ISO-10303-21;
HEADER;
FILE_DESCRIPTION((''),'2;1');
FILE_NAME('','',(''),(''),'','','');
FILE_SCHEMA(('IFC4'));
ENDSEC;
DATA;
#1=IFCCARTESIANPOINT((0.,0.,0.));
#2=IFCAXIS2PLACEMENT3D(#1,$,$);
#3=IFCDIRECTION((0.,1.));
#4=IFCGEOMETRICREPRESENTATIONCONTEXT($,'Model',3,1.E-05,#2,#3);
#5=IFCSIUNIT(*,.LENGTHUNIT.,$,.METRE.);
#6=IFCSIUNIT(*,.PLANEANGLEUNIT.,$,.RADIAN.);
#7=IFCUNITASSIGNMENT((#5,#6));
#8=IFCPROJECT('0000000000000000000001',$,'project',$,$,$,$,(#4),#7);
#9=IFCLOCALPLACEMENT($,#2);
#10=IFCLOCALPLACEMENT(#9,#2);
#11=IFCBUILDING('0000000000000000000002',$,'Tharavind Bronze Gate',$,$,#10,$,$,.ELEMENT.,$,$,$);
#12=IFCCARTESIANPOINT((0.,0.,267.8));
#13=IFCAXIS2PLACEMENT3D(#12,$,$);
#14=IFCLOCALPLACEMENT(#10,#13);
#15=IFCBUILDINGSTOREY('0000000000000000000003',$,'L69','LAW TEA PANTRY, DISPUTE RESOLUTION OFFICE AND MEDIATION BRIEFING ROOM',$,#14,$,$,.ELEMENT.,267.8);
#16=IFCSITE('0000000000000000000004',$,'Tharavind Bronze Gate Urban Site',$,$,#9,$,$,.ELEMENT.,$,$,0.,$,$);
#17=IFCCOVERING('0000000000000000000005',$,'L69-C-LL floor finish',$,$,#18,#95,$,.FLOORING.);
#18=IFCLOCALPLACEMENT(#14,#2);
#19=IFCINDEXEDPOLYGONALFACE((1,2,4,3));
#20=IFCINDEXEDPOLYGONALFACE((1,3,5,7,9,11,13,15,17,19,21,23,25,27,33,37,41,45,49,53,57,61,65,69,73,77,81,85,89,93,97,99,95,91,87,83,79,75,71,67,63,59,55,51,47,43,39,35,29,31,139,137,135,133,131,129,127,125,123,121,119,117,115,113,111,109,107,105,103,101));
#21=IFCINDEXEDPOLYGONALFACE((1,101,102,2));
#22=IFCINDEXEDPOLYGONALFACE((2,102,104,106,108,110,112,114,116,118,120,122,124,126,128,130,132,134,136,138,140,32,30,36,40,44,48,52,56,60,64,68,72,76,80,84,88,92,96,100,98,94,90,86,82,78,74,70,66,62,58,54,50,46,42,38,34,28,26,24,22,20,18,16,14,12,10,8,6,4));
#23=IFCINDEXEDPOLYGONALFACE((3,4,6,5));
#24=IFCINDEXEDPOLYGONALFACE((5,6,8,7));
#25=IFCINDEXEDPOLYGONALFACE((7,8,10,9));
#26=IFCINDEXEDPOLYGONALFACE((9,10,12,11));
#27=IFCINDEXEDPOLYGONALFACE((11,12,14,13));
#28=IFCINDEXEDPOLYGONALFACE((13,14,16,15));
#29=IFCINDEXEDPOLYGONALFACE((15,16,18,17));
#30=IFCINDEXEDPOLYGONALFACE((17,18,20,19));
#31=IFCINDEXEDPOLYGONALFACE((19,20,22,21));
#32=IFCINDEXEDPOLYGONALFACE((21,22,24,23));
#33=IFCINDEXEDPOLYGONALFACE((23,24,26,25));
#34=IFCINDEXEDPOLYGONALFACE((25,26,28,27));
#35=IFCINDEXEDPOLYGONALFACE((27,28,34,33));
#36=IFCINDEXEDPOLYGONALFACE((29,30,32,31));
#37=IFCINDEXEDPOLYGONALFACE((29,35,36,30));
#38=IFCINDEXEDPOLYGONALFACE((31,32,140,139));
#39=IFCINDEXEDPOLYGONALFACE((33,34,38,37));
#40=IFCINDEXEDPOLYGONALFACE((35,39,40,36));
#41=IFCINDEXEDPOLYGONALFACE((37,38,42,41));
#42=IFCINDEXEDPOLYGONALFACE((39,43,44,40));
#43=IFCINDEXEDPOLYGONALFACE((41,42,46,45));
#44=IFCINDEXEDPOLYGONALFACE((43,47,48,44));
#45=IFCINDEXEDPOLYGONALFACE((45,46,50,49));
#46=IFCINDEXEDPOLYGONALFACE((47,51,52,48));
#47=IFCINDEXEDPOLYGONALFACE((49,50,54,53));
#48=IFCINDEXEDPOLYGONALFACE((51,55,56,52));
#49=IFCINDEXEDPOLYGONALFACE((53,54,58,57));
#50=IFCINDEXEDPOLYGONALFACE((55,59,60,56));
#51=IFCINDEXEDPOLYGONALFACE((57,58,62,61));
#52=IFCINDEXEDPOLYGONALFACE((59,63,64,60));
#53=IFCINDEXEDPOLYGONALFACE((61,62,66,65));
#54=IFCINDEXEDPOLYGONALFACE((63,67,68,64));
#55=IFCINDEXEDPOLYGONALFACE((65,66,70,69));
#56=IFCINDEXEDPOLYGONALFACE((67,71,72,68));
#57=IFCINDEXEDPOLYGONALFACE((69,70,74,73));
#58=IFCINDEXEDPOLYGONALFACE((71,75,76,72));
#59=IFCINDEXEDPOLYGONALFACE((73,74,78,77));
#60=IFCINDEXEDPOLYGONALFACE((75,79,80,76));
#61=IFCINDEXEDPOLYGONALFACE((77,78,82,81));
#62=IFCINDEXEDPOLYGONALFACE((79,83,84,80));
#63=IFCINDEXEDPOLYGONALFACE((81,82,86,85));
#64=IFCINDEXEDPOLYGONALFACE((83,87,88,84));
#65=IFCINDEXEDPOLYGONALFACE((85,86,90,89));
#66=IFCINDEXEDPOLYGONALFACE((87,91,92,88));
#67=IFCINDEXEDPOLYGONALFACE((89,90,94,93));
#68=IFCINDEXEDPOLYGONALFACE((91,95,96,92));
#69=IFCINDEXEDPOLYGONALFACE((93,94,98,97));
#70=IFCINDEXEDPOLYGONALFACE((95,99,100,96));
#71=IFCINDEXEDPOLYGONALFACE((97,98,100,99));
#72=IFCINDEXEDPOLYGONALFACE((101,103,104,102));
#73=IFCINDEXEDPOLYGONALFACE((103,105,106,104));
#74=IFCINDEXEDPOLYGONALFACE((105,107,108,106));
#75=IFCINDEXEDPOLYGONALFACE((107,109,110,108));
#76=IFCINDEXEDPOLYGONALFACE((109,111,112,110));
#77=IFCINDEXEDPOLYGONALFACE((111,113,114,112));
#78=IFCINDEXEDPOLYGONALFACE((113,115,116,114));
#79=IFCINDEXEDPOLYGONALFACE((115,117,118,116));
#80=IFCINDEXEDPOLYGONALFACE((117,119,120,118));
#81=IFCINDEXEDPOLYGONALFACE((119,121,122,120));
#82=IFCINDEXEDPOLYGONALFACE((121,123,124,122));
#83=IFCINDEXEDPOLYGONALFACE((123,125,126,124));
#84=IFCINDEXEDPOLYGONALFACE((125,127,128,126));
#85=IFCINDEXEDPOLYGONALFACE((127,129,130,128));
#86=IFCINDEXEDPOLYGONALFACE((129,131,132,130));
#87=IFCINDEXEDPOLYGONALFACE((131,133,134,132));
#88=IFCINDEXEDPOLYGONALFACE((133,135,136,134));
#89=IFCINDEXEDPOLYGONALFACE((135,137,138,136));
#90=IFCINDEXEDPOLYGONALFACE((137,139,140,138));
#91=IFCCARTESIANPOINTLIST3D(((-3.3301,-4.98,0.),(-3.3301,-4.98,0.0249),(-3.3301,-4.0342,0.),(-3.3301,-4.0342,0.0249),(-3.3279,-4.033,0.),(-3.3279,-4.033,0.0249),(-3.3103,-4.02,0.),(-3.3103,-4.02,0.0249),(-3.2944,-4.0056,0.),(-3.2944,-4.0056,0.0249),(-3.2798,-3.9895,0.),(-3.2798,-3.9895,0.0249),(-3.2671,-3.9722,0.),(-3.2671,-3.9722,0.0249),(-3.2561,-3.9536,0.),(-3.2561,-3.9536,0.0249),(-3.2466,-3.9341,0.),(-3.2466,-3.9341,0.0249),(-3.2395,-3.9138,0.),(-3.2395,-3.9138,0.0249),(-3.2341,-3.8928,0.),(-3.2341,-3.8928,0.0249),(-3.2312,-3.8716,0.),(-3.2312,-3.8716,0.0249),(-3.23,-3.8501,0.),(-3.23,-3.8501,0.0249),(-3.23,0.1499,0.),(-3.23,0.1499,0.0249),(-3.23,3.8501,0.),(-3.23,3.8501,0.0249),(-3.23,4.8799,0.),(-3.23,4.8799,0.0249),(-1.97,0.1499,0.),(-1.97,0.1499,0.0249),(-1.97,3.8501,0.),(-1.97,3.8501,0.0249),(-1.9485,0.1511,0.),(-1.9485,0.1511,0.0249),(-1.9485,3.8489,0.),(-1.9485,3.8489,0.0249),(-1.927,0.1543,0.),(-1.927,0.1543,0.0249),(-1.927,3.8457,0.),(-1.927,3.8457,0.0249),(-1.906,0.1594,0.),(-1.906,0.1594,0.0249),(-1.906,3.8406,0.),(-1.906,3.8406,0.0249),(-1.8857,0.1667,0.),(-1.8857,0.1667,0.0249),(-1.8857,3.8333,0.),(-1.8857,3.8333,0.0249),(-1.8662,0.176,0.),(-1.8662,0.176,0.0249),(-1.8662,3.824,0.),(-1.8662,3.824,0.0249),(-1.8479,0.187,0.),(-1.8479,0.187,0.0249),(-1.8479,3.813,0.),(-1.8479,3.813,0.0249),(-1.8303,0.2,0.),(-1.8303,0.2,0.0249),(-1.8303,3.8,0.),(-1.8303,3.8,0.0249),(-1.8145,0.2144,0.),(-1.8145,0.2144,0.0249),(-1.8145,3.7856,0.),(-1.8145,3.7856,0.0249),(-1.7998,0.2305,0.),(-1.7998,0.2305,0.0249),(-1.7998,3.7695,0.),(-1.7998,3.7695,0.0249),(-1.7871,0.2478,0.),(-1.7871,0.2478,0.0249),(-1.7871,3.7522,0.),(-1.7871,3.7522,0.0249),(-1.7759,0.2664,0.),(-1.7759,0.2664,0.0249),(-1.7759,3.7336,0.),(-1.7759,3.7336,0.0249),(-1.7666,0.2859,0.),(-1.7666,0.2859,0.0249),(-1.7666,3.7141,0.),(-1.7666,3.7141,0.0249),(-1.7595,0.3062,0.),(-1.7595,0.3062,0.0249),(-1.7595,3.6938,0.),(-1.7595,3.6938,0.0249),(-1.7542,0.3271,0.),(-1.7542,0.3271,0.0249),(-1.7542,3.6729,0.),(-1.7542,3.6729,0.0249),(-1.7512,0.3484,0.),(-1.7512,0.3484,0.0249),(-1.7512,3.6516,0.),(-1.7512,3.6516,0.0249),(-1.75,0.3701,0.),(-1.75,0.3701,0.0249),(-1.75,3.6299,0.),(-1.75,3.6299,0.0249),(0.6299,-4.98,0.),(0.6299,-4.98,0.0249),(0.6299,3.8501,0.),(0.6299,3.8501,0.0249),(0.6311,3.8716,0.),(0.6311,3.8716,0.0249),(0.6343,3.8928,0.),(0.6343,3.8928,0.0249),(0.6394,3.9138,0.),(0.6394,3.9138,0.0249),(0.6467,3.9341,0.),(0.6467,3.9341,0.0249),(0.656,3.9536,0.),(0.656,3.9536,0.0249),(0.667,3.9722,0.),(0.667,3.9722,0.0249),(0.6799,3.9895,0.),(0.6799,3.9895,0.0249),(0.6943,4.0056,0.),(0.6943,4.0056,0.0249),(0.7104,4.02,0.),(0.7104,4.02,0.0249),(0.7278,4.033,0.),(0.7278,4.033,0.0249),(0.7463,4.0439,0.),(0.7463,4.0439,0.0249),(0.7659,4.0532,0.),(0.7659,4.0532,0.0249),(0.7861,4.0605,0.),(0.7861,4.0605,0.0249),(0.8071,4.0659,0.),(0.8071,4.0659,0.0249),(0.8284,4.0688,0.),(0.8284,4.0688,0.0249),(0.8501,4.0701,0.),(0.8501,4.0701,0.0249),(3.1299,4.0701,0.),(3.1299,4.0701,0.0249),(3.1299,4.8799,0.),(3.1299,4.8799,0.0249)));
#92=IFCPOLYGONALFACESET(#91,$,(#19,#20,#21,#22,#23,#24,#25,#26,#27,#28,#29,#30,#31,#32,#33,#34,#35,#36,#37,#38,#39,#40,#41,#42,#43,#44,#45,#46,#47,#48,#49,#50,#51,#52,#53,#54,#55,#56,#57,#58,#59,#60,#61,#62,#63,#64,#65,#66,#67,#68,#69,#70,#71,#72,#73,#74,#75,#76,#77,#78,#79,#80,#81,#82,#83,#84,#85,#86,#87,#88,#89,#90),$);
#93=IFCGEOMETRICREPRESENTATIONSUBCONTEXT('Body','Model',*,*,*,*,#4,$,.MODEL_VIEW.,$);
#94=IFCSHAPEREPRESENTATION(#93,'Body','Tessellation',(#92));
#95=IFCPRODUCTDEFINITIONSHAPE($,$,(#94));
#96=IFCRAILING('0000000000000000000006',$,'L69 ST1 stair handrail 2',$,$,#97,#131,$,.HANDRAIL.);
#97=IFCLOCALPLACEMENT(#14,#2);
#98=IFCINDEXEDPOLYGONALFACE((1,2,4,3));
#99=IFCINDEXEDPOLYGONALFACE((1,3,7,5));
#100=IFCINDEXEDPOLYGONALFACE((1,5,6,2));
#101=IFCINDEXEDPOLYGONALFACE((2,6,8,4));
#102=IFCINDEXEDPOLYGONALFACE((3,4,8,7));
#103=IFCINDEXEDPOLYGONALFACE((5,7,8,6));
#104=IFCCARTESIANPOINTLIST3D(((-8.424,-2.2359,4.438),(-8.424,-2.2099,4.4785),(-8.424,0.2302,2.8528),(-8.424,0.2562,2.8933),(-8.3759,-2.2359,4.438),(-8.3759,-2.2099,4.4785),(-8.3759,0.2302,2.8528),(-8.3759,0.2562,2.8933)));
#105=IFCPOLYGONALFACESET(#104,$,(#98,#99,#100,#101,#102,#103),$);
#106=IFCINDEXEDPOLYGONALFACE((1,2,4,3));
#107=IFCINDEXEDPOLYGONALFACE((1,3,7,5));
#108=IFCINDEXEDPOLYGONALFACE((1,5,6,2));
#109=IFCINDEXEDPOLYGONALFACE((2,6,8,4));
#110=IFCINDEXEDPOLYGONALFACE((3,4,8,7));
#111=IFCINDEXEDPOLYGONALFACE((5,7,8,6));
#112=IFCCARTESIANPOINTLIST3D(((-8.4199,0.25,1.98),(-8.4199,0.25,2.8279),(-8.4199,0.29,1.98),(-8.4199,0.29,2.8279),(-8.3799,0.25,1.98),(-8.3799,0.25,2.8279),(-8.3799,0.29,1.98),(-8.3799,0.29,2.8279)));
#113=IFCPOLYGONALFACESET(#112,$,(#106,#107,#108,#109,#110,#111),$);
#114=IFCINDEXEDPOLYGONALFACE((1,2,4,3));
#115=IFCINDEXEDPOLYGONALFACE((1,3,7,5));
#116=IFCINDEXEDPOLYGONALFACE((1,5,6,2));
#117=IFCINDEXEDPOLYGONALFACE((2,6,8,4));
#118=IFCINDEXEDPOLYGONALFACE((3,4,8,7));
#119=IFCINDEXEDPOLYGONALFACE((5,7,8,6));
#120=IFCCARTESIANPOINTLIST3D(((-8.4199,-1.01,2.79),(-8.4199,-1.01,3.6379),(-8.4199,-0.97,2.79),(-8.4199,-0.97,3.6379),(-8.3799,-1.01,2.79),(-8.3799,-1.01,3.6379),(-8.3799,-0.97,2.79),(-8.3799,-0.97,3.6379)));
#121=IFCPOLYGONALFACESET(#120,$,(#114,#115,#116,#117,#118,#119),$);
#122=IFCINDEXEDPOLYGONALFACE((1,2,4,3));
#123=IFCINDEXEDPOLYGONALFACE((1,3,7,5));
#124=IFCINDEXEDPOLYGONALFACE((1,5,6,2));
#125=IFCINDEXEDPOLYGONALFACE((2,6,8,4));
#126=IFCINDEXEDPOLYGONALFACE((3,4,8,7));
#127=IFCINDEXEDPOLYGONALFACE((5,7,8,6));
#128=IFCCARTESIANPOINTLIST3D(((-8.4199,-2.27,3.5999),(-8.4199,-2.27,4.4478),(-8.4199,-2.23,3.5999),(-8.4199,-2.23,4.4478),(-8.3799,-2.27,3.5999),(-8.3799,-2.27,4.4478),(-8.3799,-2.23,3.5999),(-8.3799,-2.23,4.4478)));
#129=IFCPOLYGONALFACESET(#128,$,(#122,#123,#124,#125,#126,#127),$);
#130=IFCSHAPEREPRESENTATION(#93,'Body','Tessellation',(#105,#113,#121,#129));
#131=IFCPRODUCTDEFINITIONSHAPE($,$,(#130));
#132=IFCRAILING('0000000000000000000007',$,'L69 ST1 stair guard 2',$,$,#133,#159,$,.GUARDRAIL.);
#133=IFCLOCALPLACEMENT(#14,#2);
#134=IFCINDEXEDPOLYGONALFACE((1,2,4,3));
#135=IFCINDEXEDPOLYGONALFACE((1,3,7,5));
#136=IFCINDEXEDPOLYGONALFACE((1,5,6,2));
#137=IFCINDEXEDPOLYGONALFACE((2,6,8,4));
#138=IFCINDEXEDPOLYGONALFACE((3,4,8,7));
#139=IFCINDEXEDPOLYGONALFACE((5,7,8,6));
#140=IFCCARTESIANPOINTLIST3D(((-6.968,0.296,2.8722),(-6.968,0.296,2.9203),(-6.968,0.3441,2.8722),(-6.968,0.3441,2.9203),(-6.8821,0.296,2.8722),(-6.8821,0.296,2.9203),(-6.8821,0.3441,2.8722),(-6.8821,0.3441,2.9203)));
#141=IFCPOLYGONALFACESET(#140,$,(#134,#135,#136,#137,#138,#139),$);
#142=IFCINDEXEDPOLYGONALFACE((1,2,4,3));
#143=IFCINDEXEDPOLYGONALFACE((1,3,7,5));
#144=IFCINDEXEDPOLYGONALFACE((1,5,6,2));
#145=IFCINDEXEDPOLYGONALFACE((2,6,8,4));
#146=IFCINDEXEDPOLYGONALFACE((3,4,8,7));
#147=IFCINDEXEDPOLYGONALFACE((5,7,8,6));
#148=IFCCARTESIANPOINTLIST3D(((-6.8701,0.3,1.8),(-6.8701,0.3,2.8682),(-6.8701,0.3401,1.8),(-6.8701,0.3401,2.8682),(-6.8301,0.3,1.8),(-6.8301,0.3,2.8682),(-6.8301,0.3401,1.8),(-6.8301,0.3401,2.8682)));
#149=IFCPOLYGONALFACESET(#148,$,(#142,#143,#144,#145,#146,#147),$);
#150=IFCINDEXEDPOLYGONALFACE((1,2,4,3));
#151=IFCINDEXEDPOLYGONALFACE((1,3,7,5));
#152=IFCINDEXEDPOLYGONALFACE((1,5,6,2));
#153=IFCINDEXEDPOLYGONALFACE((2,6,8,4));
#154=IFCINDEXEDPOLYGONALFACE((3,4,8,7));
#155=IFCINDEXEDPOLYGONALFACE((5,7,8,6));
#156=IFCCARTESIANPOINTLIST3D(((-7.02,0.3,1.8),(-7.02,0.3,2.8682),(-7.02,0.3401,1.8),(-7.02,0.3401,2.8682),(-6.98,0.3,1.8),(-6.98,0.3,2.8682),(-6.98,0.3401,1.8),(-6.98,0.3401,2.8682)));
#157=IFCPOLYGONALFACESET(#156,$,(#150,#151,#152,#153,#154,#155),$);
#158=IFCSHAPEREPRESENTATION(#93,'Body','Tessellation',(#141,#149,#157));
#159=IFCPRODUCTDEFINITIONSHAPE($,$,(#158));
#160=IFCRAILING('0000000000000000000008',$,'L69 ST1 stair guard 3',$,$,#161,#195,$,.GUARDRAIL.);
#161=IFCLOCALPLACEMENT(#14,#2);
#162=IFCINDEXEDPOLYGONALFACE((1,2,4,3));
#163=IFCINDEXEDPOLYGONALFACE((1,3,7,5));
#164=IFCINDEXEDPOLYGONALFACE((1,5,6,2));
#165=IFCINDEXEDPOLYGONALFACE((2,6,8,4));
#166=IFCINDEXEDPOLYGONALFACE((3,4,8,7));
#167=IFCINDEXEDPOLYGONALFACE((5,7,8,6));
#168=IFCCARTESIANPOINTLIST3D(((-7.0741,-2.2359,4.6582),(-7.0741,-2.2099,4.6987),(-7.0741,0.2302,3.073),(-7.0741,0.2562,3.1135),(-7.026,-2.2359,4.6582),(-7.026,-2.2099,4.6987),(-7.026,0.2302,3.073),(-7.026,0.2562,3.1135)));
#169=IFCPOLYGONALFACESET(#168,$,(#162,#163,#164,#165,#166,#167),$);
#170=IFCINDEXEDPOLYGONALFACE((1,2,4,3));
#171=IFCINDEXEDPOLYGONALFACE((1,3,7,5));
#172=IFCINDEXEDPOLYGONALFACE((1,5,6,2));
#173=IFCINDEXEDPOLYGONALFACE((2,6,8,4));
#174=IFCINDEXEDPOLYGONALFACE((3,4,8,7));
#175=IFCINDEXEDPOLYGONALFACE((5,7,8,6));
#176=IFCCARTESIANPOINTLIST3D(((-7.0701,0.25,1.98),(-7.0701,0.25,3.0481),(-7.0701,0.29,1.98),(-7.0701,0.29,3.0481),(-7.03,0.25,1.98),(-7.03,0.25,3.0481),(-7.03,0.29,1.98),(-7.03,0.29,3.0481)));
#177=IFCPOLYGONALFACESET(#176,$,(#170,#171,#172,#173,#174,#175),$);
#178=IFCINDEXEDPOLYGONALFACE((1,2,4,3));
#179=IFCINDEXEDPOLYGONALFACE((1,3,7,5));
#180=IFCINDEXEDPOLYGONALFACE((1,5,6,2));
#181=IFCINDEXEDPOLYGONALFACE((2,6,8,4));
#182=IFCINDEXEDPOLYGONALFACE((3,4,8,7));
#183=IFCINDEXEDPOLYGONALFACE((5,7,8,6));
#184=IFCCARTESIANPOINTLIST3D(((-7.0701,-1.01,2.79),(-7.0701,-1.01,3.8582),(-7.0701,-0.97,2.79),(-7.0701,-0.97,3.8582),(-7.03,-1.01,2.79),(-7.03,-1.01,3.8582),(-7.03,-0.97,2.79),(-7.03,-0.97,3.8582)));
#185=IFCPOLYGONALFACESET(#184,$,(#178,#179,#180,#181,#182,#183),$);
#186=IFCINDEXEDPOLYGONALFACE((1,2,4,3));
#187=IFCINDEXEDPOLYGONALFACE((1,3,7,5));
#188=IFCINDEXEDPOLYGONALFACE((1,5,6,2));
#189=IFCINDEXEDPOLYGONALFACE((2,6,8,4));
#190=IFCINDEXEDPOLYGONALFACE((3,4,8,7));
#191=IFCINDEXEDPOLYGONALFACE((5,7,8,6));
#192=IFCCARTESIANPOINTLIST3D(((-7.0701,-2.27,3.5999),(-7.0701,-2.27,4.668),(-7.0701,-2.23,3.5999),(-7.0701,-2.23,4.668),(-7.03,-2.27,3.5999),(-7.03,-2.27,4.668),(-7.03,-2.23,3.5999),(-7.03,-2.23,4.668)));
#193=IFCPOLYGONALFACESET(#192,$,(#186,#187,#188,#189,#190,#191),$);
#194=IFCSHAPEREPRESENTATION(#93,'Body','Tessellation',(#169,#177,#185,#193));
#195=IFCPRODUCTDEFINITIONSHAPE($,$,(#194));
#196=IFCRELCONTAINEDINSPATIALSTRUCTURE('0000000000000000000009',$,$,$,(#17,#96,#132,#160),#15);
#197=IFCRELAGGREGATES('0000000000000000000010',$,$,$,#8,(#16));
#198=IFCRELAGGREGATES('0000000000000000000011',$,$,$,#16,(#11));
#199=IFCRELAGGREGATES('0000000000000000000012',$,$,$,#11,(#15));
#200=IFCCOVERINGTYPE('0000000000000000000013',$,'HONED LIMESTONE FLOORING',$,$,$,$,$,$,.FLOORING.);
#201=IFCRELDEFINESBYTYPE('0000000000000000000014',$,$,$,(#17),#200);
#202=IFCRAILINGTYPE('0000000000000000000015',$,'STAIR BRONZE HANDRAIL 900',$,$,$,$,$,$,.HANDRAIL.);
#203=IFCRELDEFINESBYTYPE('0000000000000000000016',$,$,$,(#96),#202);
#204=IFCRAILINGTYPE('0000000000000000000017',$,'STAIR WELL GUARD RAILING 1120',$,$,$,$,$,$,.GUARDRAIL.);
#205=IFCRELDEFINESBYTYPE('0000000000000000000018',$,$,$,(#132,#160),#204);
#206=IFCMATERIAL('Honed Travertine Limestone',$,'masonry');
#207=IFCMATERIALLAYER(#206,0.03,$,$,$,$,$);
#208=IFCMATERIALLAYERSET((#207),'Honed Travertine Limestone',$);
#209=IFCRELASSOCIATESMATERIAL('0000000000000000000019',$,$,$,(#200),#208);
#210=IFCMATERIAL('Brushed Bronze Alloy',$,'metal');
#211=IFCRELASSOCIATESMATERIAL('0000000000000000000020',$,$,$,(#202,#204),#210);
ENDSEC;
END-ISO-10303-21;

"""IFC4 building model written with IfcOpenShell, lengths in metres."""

from ifc_helpers import new_model, si_unit, direction, frame, origin, origin_2d, place, context, subcontext, project, spatial, polyline, rectangle, outline, extrude, material, layer, layer_set, type_object, element, save


model = new_model("IFC4")

# Units and contexts
model_context = context("Model", 3, precision=1e-05, world=origin(), true_north=direction((0.0, 1.0)))
body_context = subcontext(model_context, "Body", "Model", "MODEL_VIEW")
ifc_project = project(units=[si_unit("LENGTHUNIT", "METRE"), si_unit("PLANEANGLEUNIT", "RADIAN")], contexts=[model_context])

# Site, building, storey
site_placement = place(None, origin())
site = spatial("IfcSite", under=ifc_project, at=site_placement, Name="Tharavind Bronze Gate Urban Site", CompositionType="ELEMENT", RefElevation=0.0)
building_placement = place(site_placement, origin())
building = spatial("IfcBuilding", under=site, at=building_placement, Name="Tharavind Bronze Gate", CompositionType="ELEMENT")
storey_placement = place(building_placement, frame((0.0, 0.0, 267.8)))
storey = spatial("IfcBuildingStorey", under=building, at=storey_placement, Name="L69", Description="LAW TEA PANTRY, DISPUTE RESOLUTION OFFICE AND MEDIATION BRIEFING ROOM", CompositionType="ELEMENT", Elevation=267.8)

# Covering
ifc_material_1 = material(Name="Honed Travertine Limestone", Category="masonry")
ifc_layer_1 = layer(ifc_material_1, 0.03)
ifc_layer_set_1 = layer_set([ifc_layer_1], Name="Honed Travertine Limestone")
covering_type_1 = type_object("IfcCoveringType", Name="HONED LIMESTONE FLOORING", PredefinedType="FLOORING", material=ifc_layer_set_1)
covering_1_placement = place(storey_placement, origin())
element("IfcCovering", 1, at=covering_1_placement, inside=storey, type_object=covering_type_1, Name="L69-C-LL floor finish", PredefinedType="FLOORING", context=body_context, shape_type="SweptSolid", body=[
    extrude(outline(polyline([(-3.3301, -4.98), (0.6299, -4.98), (0.6299, 3.8501), (0.6311, 3.8716), (0.6343, 3.8928), (0.6394, 3.9138), (0.6467, 3.9341), (0.656, 3.9536), (0.667, 3.9722), (0.6799, 3.9895), (0.6943, 4.0056), (0.7104, 4.02), (0.7278, 4.033), (0.7463, 4.0439), (0.7659, 4.0532), (0.7861, 4.0605), (0.8071, 4.0659), (0.8284, 4.0688), (0.8501, 4.0701), (3.1299, 4.0701), (3.1299, 4.8799), (-3.23, 4.8799), (-3.23, 3.8501), (-1.97, 3.8501), (-1.9485, 3.8489), (-1.927, 3.8457), (-1.906, 3.8406), (-1.8857, 3.8333), (-1.8662, 3.824), (-1.8479, 3.813), (-1.8303, 3.8), (-1.8145, 3.7856), (-1.7998, 3.7695), (-1.7871, 3.7522), (-1.7759, 3.7336), (-1.7666, 3.7141), (-1.7595, 3.6938), (-1.7542, 3.6729), (-1.7512, 3.6516), (-1.75, 3.6299), (-1.75, 0.3701), (-1.7512, 0.3484), (-1.7542, 0.3271), (-1.7595, 0.3062), (-1.7666, 0.2859), (-1.7759, 0.2664), (-1.7871, 0.2478), (-1.7998, 0.2305), (-1.8145, 0.2144), (-1.8303, 0.2), (-1.8479, 0.187), (-1.8662, 0.176), (-1.8857, 0.1667), (-1.906, 0.1594), (-1.927, 0.1543), (-1.9485, 0.1511), (-1.97, 0.1499), (-3.23, 0.1499), (-3.23, -3.8501), (-3.2312, -3.8716), (-3.2341, -3.8928), (-3.2395, -3.9138), (-3.2466, -3.9341), (-3.2561, -3.9536), (-3.2671, -3.9722), (-3.2798, -3.9895), (-3.2944, -4.0056), (-3.3103, -4.02), (-3.3279, -4.033), (-3.3301, -4.0342), (-3.3301, -4.98)])), origin(), (0.0, 0.0, 1.0), 0.0249),
])

# Railings
ifc_material_2 = material(Name="Brushed Bronze Alloy", Category="metal")
railing_type_1 = type_object("IfcRailingType", Name="STAIR BRONZE HANDRAIL 900", PredefinedType="HANDRAIL", material=ifc_material_2)
railing_1_placement = place(storey_placement, frame((-8.3999, 0.27, 1.98)))
element("IfcRailing", 2, at=railing_1_placement, inside=storey, type_object=railing_type_1, Name="L69 ST1 stair handrail 2", PredefinedType="HANDRAIL", context=body_context, shape_type="SweptSolid", body=[
    extrude(rectangle(XDim=0.0481, YDim=0.0481, at=origin_2d()), frame((0.0, -0.0269, 0.8931), z_axis=(0.0, -0.8412, 0.540725), x_axis=(1.0, 0.0, 0.0)), (0.0, 0.0, 1.0), 2.9316),
    extrude(rectangle(XDim=0.04, YDim=0.04, at=origin_2d()), origin(), (0.0, 0.0, 1.0), 0.8479),
    extrude(rectangle(XDim=0.04, YDim=0.04, at=origin_2d()), frame((0.0, -1.26, 0.8101)), (0.0, 0.0, 1.0), 0.8479),
    extrude(rectangle(XDim=0.04, YDim=0.04, at=origin_2d()), frame((0.0, -2.52, 1.6199)), (0.0, 0.0, 1.0), 0.8479),
])
railing_type_2 = type_object("IfcRailingType", Name="STAIR WELL GUARD RAILING 1120", PredefinedType="GUARDRAIL", material=ifc_material_2)
railing_2_placement = place(storey_placement, frame((-6.8501, 0.3201, 1.8)))
element("IfcRailing", 3, at=railing_2_placement, inside=storey, type_object=railing_type_2, Name="L69 ST1 stair guard 2", PredefinedType="GUARDRAIL", context=body_context, shape_type="SweptSolid", body=[
    extrude(rectangle(XDim=0.0481, YDim=0.0481, at=origin_2d()), frame((-0.032, 0.0, 1.0962), z_axis=(-1.0, 0.0, 0.0), x_axis=(0.0, -1.0, 0.0)), (0.0, 0.0, 1.0), 0.0859),
    extrude(rectangle(XDim=0.04, YDim=0.04, at=origin_2d()), origin(), (0.0, 0.0, 1.0), 1.0681),
    extrude(rectangle(XDim=0.04, YDim=0.04, at=origin_2d()), frame((-0.1499, 0.0, 0.0)), (0.0, 0.0, 1.0), 1.0681),
])
railing_3_placement = place(storey_placement, frame((-7.05, 0.27, 1.98)))
element("IfcRailing", 4, at=railing_3_placement, inside=storey, type_object=railing_type_2, Name="L69 ST1 stair guard 3", PredefinedType="GUARDRAIL", context=body_context, shape_type="SweptSolid", body=[
    extrude(rectangle(XDim=0.0481, YDim=0.0481, at=origin_2d()), frame((0.0, -0.0269, 1.1133), z_axis=(0.0, -0.8412, 0.540725), x_axis=(1.0, 0.0, 0.0)), (0.0, 0.0, 1.0), 2.9316),
    extrude(rectangle(XDim=0.04, YDim=0.04, at=origin_2d()), origin(), (0.0, 0.0, 1.0), 1.0681),
    extrude(rectangle(XDim=0.04, YDim=0.04, at=origin_2d()), frame((0.0, -1.26, 0.8101)), (0.0, 0.0, 1.0), 1.0681),
    extrude(rectangle(XDim=0.04, YDim=0.04, at=origin_2d()), frame((0.0, -2.52, 1.6199)), (0.0, 0.0, 1.0), 1.0681),
])

save(model, "model.ifc")
